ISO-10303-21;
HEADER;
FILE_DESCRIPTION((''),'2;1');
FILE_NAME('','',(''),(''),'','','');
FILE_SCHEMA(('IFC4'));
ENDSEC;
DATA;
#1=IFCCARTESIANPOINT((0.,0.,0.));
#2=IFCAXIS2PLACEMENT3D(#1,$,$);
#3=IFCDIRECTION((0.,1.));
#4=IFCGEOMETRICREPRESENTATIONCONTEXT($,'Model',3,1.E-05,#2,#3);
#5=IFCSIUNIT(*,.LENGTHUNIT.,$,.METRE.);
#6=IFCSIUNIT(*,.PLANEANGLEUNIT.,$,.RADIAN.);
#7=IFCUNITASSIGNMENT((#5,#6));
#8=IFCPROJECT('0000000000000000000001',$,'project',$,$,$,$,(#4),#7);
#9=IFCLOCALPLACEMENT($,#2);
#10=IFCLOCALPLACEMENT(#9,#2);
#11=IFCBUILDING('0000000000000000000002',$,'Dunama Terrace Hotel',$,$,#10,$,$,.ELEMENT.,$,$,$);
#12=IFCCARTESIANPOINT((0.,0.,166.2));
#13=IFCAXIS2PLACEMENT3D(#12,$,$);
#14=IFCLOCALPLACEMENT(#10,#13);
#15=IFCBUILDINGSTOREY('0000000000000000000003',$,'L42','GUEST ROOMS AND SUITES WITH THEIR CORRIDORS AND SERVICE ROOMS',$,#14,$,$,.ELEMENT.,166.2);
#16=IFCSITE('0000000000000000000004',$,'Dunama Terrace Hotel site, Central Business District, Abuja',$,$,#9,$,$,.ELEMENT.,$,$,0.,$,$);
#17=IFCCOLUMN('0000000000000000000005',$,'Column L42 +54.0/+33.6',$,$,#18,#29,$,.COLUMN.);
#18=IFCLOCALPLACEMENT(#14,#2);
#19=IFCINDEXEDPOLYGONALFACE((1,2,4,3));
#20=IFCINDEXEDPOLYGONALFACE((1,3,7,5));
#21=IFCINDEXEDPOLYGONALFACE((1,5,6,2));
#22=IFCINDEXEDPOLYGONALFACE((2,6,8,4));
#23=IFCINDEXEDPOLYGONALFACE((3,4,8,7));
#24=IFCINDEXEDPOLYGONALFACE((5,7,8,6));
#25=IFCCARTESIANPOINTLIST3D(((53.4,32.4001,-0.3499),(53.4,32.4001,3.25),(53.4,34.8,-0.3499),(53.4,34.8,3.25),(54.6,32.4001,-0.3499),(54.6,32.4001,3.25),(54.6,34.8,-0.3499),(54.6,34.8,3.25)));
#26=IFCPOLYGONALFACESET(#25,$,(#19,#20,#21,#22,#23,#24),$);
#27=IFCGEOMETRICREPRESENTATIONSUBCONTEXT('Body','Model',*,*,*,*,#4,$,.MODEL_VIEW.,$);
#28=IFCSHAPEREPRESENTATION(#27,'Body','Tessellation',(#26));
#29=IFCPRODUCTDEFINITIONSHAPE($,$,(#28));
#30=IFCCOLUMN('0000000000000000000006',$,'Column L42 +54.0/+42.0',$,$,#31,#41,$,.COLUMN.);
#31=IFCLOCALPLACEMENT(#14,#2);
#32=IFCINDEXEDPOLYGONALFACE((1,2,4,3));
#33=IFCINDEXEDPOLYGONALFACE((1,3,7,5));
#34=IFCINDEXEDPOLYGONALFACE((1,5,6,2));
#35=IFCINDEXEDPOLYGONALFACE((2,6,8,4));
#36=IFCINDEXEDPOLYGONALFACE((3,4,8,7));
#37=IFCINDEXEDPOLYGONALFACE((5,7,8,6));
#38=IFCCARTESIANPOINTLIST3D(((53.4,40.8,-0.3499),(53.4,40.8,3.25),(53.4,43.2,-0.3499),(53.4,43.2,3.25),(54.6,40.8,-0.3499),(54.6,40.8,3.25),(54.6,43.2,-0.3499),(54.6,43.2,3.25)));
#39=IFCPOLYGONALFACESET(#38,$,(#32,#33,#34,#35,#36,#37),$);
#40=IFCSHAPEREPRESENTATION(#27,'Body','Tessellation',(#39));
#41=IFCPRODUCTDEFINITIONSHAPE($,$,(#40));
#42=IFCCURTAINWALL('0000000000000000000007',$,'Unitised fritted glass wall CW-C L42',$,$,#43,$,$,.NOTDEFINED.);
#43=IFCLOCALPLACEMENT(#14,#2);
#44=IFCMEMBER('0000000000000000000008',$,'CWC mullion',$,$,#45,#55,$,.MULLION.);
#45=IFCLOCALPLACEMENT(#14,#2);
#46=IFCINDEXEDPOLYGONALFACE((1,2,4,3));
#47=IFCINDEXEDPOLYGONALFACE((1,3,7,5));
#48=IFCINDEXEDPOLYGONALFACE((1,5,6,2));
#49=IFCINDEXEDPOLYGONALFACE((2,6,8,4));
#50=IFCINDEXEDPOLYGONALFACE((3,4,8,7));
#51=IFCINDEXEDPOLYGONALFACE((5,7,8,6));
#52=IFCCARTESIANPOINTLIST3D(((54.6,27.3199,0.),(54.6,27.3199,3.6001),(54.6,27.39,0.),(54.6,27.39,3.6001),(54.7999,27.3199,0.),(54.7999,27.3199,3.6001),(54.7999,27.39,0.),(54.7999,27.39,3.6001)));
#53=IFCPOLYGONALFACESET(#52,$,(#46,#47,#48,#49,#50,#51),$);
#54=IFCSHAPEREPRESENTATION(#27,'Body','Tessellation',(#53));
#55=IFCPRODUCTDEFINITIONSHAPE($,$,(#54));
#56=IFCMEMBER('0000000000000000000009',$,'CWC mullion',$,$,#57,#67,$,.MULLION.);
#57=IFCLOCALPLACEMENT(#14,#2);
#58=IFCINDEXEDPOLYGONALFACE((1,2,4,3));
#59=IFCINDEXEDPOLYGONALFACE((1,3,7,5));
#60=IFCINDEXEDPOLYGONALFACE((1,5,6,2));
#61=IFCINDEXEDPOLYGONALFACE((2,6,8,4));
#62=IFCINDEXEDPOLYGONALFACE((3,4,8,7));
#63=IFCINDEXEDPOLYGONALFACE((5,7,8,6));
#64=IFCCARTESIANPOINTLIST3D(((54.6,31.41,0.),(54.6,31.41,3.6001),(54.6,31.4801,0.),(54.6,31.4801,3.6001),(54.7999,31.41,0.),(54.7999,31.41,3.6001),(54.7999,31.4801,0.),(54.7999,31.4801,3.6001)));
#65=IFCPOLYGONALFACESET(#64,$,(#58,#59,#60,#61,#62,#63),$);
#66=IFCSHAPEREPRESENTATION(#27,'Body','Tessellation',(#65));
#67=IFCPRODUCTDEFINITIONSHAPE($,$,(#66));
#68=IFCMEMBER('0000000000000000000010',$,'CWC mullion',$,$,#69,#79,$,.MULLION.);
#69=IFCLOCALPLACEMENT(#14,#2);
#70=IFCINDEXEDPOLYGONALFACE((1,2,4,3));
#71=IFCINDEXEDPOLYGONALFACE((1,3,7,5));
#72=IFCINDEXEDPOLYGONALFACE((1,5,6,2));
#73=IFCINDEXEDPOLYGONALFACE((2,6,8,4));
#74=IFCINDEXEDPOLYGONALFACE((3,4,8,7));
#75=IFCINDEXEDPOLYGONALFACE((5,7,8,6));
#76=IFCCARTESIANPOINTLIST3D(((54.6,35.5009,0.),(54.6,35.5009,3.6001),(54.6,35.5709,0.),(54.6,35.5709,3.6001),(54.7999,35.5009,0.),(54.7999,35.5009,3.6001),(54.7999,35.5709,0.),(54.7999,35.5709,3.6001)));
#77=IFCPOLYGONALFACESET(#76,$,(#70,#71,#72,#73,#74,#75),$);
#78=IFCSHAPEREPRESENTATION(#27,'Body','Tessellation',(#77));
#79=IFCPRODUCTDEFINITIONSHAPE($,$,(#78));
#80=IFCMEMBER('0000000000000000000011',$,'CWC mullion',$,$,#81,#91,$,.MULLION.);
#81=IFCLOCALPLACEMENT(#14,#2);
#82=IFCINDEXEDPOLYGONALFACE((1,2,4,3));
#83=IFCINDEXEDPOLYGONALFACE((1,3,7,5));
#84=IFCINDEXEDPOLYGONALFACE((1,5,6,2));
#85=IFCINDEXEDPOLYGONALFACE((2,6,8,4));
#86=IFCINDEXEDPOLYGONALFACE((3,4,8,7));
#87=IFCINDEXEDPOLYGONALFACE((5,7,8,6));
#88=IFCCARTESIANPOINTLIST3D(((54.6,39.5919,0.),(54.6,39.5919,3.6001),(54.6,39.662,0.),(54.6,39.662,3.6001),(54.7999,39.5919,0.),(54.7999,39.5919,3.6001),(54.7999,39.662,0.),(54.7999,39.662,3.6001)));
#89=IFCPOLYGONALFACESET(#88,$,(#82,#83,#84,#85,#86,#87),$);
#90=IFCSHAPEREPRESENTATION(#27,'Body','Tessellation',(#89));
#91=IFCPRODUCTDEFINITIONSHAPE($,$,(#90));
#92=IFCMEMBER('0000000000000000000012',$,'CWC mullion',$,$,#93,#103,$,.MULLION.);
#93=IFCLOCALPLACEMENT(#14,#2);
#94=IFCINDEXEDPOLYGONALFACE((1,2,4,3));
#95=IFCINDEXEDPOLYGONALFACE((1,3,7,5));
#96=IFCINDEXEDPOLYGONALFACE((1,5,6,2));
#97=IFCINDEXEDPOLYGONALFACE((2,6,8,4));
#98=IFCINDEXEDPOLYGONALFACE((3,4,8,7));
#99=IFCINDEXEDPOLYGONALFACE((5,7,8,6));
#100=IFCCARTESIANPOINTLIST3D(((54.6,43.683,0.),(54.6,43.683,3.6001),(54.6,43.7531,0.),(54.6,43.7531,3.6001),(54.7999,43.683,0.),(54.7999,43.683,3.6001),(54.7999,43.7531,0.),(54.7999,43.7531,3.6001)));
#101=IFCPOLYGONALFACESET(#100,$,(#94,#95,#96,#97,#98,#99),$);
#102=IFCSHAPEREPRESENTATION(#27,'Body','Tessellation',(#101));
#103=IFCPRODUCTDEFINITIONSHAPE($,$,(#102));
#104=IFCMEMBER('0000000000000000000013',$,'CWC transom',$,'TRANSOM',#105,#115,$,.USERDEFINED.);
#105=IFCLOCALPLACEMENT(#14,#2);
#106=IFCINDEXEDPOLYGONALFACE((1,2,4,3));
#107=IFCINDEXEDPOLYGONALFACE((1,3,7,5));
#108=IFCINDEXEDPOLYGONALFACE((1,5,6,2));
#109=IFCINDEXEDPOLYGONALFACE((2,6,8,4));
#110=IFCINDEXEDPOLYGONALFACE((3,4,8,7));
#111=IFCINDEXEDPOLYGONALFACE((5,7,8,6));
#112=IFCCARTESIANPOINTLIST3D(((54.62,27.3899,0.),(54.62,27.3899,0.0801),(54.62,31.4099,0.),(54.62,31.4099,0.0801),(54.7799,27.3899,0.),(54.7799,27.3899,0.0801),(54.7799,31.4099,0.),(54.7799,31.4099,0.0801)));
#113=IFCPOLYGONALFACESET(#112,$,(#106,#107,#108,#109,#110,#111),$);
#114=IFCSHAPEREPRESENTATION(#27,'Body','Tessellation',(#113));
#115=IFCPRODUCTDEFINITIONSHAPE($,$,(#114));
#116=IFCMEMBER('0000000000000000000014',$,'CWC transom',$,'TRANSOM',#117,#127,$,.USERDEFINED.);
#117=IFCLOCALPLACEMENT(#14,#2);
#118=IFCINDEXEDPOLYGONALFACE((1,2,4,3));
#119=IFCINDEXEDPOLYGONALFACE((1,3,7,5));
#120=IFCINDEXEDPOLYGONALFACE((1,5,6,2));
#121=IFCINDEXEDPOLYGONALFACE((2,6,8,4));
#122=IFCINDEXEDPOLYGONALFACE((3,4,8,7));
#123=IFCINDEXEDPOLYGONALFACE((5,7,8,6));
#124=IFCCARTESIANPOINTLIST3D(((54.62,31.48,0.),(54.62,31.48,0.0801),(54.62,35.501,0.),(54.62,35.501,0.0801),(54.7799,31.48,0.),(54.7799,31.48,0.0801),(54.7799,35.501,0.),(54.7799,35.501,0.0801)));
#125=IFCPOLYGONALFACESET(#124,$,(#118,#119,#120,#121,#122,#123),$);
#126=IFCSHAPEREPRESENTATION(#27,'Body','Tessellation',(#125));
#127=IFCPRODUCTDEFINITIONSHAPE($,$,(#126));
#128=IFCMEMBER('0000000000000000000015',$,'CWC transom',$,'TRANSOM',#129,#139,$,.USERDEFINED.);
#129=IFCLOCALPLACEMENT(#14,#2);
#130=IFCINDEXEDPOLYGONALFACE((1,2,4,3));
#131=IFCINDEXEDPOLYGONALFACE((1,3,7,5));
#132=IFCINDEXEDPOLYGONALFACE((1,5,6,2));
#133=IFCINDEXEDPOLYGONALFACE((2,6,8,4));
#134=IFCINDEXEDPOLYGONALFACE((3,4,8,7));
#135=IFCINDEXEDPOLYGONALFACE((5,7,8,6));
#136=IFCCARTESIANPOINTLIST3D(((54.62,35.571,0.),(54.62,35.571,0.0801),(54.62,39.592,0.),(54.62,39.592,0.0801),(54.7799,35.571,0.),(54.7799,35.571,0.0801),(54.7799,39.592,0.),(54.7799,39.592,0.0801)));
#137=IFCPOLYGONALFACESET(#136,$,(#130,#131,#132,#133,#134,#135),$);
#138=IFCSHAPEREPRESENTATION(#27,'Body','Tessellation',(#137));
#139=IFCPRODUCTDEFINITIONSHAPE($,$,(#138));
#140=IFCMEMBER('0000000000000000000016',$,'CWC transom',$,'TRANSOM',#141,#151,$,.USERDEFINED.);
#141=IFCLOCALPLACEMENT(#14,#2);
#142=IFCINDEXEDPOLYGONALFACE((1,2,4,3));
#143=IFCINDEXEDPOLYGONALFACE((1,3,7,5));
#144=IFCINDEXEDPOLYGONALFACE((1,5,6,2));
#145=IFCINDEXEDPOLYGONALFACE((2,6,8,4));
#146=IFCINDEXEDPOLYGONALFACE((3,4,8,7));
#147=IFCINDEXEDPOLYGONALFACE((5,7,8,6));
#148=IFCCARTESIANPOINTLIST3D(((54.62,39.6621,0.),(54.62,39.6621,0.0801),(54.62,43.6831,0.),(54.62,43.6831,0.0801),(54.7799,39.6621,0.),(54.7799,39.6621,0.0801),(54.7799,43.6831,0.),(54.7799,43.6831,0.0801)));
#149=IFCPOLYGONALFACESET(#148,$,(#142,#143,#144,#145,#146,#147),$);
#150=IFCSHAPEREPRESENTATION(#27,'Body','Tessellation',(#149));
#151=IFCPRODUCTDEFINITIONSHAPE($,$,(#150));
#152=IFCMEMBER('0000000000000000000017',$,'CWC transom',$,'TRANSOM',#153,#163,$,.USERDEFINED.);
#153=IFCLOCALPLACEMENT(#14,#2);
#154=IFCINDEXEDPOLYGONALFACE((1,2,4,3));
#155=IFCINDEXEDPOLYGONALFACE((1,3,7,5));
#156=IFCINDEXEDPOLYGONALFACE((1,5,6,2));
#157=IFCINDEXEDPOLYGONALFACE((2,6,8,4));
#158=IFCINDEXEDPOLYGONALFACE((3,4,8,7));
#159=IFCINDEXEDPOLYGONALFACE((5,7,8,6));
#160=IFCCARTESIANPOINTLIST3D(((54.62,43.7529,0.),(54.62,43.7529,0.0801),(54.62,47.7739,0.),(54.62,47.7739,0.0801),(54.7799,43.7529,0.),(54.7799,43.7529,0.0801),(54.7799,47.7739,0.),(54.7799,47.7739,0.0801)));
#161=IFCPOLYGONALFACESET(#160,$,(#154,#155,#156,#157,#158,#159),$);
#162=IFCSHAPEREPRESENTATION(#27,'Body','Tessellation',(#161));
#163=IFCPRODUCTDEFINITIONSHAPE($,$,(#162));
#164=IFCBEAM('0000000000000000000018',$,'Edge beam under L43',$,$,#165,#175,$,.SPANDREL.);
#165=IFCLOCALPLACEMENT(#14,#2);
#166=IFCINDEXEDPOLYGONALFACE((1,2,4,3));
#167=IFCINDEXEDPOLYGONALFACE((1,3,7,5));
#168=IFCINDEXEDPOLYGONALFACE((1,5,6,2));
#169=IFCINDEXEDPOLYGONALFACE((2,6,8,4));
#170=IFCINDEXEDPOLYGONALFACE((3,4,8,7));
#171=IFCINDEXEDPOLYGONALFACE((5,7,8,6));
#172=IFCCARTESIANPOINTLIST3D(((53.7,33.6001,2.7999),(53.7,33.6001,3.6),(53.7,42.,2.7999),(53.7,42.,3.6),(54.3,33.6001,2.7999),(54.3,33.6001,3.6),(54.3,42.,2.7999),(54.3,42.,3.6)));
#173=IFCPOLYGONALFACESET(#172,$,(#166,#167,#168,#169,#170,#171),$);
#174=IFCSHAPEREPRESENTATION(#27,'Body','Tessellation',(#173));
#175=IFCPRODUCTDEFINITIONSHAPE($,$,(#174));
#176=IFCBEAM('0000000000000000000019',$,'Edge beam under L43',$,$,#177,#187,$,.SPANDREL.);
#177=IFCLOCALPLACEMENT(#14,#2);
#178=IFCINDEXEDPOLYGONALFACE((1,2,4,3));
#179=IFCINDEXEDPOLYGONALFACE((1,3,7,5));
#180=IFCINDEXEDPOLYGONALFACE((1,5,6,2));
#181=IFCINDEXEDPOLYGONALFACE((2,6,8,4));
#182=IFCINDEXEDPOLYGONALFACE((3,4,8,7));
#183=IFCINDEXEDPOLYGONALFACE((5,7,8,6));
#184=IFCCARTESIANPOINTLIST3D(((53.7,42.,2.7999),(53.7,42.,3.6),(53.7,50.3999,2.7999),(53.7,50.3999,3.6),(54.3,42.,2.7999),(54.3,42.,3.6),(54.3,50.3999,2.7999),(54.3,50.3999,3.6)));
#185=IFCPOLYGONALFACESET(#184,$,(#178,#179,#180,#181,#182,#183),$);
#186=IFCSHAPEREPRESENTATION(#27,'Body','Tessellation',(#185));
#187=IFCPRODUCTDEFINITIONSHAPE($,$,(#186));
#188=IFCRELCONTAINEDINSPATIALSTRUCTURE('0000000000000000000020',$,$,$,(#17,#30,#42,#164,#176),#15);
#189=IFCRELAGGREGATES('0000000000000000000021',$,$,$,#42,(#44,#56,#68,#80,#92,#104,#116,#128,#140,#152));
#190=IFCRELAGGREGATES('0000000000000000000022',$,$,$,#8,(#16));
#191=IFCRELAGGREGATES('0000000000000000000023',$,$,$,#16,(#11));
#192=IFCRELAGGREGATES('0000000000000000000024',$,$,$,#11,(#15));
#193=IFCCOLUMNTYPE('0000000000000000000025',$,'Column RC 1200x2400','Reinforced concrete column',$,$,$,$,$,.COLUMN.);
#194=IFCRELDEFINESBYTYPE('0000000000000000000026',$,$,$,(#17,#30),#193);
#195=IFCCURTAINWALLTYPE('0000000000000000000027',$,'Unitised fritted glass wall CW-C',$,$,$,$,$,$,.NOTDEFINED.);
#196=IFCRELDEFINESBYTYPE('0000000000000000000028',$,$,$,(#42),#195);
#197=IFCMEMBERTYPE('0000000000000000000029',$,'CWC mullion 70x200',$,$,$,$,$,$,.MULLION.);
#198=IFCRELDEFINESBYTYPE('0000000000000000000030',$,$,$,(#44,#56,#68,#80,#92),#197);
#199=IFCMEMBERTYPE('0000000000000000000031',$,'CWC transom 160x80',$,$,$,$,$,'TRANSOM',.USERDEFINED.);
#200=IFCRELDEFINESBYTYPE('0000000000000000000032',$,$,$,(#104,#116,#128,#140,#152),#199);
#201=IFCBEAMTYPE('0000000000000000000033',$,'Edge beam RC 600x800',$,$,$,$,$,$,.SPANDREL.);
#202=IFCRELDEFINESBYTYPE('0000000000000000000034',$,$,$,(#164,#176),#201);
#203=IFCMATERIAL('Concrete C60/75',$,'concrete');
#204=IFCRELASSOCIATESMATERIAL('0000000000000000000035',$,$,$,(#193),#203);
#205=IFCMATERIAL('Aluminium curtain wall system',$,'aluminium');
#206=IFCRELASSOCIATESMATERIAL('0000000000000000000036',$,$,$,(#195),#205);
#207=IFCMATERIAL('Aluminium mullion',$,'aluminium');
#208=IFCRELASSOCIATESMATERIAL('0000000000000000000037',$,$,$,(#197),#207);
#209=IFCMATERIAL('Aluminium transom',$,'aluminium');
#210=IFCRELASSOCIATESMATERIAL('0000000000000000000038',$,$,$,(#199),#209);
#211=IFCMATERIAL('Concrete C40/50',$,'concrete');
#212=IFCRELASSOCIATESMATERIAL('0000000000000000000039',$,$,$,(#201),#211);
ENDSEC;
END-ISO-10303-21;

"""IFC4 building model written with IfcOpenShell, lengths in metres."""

from ifc_helpers import new_model, si_unit, direction, frame, origin, origin_2d, place, context, subcontext, project, spatial, rectangle, extrude, material, material_profile, profile_set, type_object, element, aggregate, save


model = new_model("IFC4")

# Units and contexts
model_context = context("Model", 3, precision=1e-05, world=origin(), true_north=direction((0.0, 1.0)))
body_context = subcontext(model_context, "Body", "Model", "MODEL_VIEW")
ifc_project = project(units=[si_unit("LENGTHUNIT", "METRE"), si_unit("PLANEANGLEUNIT", "RADIAN")], contexts=[model_context])

# Site, building, storey
site_placement = place(None, origin())
site = spatial("IfcSite", under=ifc_project, at=site_placement, Name="Dunama Terrace Hotel site, Central Business District, Abuja", CompositionType="ELEMENT", RefElevation=0.0)
building_placement = place(site_placement, origin())
building = spatial("IfcBuilding", under=site, at=building_placement, Name="Dunama Terrace Hotel", CompositionType="ELEMENT")
storey_placement = place(building_placement, frame((0.0, 0.0, 166.2)))
storey = spatial("IfcBuildingStorey", under=building, at=storey_placement, Name="L42", Description="GUEST ROOMS AND SUITES WITH THEIR CORRIDORS AND SERVICE ROOMS", CompositionType="ELEMENT", Elevation=166.2)

# Columns
ifc_material_1 = material(Name="Concrete C60/75", Category="concrete")
ifc_material_profile_1 = material_profile(ifc_material_1, rectangle(XDim=1.2, YDim=2.3999, at=origin_2d()), Name="RC 1200x2400")
ifc_profile_set_1 = profile_set([ifc_material_profile_1], Name="Concrete C60/75")
column_type = type_object("IfcColumnType", Name="Column RC 1200x2400", Description="Reinforced concrete column", PredefinedType="COLUMN", material=ifc_profile_set_1)
for number, where, z_axis, x_axis, name in (
    (1, (54.0, 33.6001, -0.3499), (0.0, 0.0, 1.0), (1.0, 0.0, 0.0), "Column L42 +54.0/+33.6"),
    (2, (54.0, 42.0, -0.3499), (0.0, 0.0, 1.0), (1.0, 0.0, 0.0), "Column L42 +54.0/+42.0"),
):
    element("IfcColumn", number, at=place(storey_placement, frame(where, z_axis=z_axis, x_axis=x_axis)), inside=storey, type_object=column_type, Name=name, PredefinedType="COLUMN", context=body_context, shape_type="SweptSolid", body=[
        extrude(rectangle(XDim=1.2, YDim=2.3999, at=origin_2d()), origin(), (0.0, 0.0, 1.0), 3.5999),
    ])

# Curtain wall, members
ifc_material_2 = material(Name="Aluminium curtain wall system", Category="aluminium")
curtain_wall_type = type_object("IfcCurtainWallType", Name="Unitised fritted glass wall CW-C", PredefinedType="NOTDEFINED", material=ifc_material_2)
curtain_wall_placement = place(storey_placement, origin())
curtain_wall = element("IfcCurtainWall", 3, at=curtain_wall_placement, inside=storey, type_object=curtain_wall_type, Name="Unitised fritted glass wall CW-C L42", PredefinedType="NOTDEFINED")
ifc_material_3 = material(Name="Aluminium mullion", Category="aluminium")
ifc_material_profile_2 = material_profile(ifc_material_3, rectangle(XDim=0.0701, YDim=0.2, at=origin_2d()), Name="CWC MULLION 70X200")
ifc_profile_set_2 = profile_set([ifc_material_profile_2], Name="Aluminium mullion")
member_type_1 = type_object("IfcMemberType", Name="CWC mullion 70x200", PredefinedType="MULLION", material=ifc_profile_set_2)
member_1_placement = place(storey_placement, frame((54.7, 27.355, 0.0), z_axis=(0.0, 0.0, 1.0), x_axis=(0.0, 1.0, 0.0)))
member_1 = element("IfcMember", 4, at=member_1_placement, type_object=member_type_1, Name="CWC mullion", PredefinedType="MULLION", context=body_context, shape_type="SweptSolid", body=[
    extrude(rectangle(XDim=0.0701, YDim=0.2, at=origin_2d()), origin(), (0.0, 0.0, 1.0), 3.6001),
])
member_2_placement = place(storey_placement, frame((54.7, 31.4451, 0.0), z_axis=(0.0, 0.0, 1.0), x_axis=(0.0, 1.0, 0.0)))
member_2 = element("IfcMember", 5, at=member_2_placement, type_object=member_type_1, Name="CWC mullion", PredefinedType="MULLION", context=body_context, shape_type="SweptSolid", body=[
    extrude(rectangle(XDim=0.0701, YDim=0.2, at=origin_2d()), origin(), (0.0, 0.0, 1.0), 3.6001),
])
member_3_placement = place(storey_placement, frame((54.7, 35.5359, 0.0), z_axis=(0.0, 0.0, 1.0), x_axis=(0.0, 1.0, 0.0)))
member_3 = element("IfcMember", 6, at=member_3_placement, type_object=member_type_1, Name="CWC mullion", PredefinedType="MULLION", context=body_context, shape_type="SweptSolid", body=[
    extrude(rectangle(XDim=0.0701, YDim=0.2, at=origin_2d()), origin(), (0.0, 0.0, 1.0), 3.6001),
])
member_4_placement = place(storey_placement, frame((54.7, 39.627, 0.0), z_axis=(0.0, 0.0, 1.0), x_axis=(0.0, 1.0, 0.0)))
member_4 = element("IfcMember", 7, at=member_4_placement, type_object=member_type_1, Name="CWC mullion", PredefinedType="MULLION", context=body_context, shape_type="SweptSolid", body=[
    extrude(rectangle(XDim=0.0701, YDim=0.2, at=origin_2d()), origin(), (0.0, 0.0, 1.0), 3.6001),
])
member_5_placement = place(storey_placement, frame((54.7, 43.718, 0.0), z_axis=(0.0, 0.0, 1.0), x_axis=(0.0, 1.0, 0.0)))
member_5 = element("IfcMember", 8, at=member_5_placement, type_object=member_type_1, Name="CWC mullion", PredefinedType="MULLION", context=body_context, shape_type="SweptSolid", body=[
    extrude(rectangle(XDim=0.0701, YDim=0.2, at=origin_2d()), origin(), (0.0, 0.0, 1.0), 3.6001),
])
ifc_material_4 = material(Name="Aluminium transom", Category="aluminium")
ifc_material_profile_3 = material_profile(ifc_material_4, rectangle(XDim=0.1599, YDim=0.0801, at=origin_2d()), Name="CWC TRANSOM 160X80")
ifc_profile_set_3 = profile_set([ifc_material_profile_3], Name="Aluminium transom")
member_type_2 = type_object("IfcMemberType", Name="CWC transom 160x80", ElementType="TRANSOM", PredefinedType="USERDEFINED", material=ifc_profile_set_3)
member_6_placement = place(storey_placement, frame((54.7, 27.3899, 0.04), z_axis=(0.0, 1.0, 0.0), x_axis=(-1.0, 0.0, 0.0)))
member_6 = element("IfcMember", 9, at=member_6_placement, type_object=member_type_2, Name="CWC transom", ObjectType="TRANSOM", PredefinedType="USERDEFINED", context=body_context, shape_type="SweptSolid", body=[
    extrude(rectangle(XDim=0.1599, YDim=0.0801, at=origin_2d()), origin(), (0.0, 0.0, 1.0), 4.02),
])
member_7_placement = place(storey_placement, frame((54.7, 31.48, 0.04), z_axis=(0.0, 1.0, 0.0), x_axis=(-1.0, 0.0, 0.0)))
member_7 = element("IfcMember", 10, at=member_7_placement, type_object=member_type_2, Name="CWC transom", ObjectType="TRANSOM", PredefinedType="USERDEFINED", context=body_context, shape_type="SweptSolid", body=[
    extrude(rectangle(XDim=0.1599, YDim=0.0801, at=origin_2d()), origin(), (0.0, 0.0, 1.0), 4.021),
])
member_8_placement = place(storey_placement, frame((54.7, 35.571, 0.04), z_axis=(0.0, 1.0, 0.0), x_axis=(-1.0, 0.0, 0.0)))
member_8 = element("IfcMember", 11, at=member_8_placement, type_object=member_type_2, Name="CWC transom", ObjectType="TRANSOM", PredefinedType="USERDEFINED", context=body_context, shape_type="SweptSolid", body=[
    extrude(rectangle(XDim=0.1599, YDim=0.0801, at=origin_2d()), origin(), (0.0, 0.0, 1.0), 4.021),
])
member_9_placement = place(storey_placement, frame((54.7, 39.6621, 0.04), z_axis=(0.0, 1.0, 0.0), x_axis=(-1.0, 0.0, 0.0)))
member_9 = element("IfcMember", 12, at=member_9_placement, type_object=member_type_2, Name="CWC transom", ObjectType="TRANSOM", PredefinedType="USERDEFINED", context=body_context, shape_type="SweptSolid", body=[
    extrude(rectangle(XDim=0.1599, YDim=0.0801, at=origin_2d()), origin(), (0.0, 0.0, 1.0), 4.021),
])
member_10_placement = place(storey_placement, frame((54.7, 43.7529, 0.04), z_axis=(0.0, 1.0, 0.0), x_axis=(-1.0, 0.0, 0.0)))
member_10 = element("IfcMember", 13, at=member_10_placement, type_object=member_type_2, Name="CWC transom", ObjectType="TRANSOM", PredefinedType="USERDEFINED", context=body_context, shape_type="SweptSolid", body=[
    extrude(rectangle(XDim=0.1599, YDim=0.0801, at=origin_2d()), origin(), (0.0, 0.0, 1.0), 4.021),
])

# Beams
ifc_material_5 = material(Name="Concrete C40/50", Category="concrete")
ifc_material_profile_4 = material_profile(ifc_material_5, rectangle(XDim=0.6001, YDim=0.8, at=origin_2d()), Name="RC 600x800")
ifc_profile_set_4 = profile_set([ifc_material_profile_4], Name="Concrete C40/50")
beam_type = type_object("IfcBeamType", Name="Edge beam RC 600x800", PredefinedType="SPANDREL", material=ifc_profile_set_4)
for number, where, z_axis, x_axis, name in (
    (14, (54.0, 33.6001, 3.2), (0.0, 1.0, 0.0), (-1.0, 0.0, 0.0), "Edge beam under L43"),
    (15, (54.0, 42.0, 3.2), (0.0, 1.0, 0.0), (-1.0, 0.0, 0.0), "Edge beam under L43"),
):
    element("IfcBeam", number, at=place(storey_placement, frame(where, z_axis=z_axis, x_axis=x_axis)), inside=storey, type_object=beam_type, Name=name, PredefinedType="SPANDREL", context=body_context, shape_type="SweptSolid", body=[
        extrude(rectangle(XDim=0.6001, YDim=0.8, at=origin_2d()), origin(), (0.0, 0.0, 1.0), 8.3999),
    ])

aggregate(curtain_wall, [member_1, member_2, member_3, member_4, member_5, member_6, member_7, member_8, member_9, member_10])

save(model, "model.ifc")
